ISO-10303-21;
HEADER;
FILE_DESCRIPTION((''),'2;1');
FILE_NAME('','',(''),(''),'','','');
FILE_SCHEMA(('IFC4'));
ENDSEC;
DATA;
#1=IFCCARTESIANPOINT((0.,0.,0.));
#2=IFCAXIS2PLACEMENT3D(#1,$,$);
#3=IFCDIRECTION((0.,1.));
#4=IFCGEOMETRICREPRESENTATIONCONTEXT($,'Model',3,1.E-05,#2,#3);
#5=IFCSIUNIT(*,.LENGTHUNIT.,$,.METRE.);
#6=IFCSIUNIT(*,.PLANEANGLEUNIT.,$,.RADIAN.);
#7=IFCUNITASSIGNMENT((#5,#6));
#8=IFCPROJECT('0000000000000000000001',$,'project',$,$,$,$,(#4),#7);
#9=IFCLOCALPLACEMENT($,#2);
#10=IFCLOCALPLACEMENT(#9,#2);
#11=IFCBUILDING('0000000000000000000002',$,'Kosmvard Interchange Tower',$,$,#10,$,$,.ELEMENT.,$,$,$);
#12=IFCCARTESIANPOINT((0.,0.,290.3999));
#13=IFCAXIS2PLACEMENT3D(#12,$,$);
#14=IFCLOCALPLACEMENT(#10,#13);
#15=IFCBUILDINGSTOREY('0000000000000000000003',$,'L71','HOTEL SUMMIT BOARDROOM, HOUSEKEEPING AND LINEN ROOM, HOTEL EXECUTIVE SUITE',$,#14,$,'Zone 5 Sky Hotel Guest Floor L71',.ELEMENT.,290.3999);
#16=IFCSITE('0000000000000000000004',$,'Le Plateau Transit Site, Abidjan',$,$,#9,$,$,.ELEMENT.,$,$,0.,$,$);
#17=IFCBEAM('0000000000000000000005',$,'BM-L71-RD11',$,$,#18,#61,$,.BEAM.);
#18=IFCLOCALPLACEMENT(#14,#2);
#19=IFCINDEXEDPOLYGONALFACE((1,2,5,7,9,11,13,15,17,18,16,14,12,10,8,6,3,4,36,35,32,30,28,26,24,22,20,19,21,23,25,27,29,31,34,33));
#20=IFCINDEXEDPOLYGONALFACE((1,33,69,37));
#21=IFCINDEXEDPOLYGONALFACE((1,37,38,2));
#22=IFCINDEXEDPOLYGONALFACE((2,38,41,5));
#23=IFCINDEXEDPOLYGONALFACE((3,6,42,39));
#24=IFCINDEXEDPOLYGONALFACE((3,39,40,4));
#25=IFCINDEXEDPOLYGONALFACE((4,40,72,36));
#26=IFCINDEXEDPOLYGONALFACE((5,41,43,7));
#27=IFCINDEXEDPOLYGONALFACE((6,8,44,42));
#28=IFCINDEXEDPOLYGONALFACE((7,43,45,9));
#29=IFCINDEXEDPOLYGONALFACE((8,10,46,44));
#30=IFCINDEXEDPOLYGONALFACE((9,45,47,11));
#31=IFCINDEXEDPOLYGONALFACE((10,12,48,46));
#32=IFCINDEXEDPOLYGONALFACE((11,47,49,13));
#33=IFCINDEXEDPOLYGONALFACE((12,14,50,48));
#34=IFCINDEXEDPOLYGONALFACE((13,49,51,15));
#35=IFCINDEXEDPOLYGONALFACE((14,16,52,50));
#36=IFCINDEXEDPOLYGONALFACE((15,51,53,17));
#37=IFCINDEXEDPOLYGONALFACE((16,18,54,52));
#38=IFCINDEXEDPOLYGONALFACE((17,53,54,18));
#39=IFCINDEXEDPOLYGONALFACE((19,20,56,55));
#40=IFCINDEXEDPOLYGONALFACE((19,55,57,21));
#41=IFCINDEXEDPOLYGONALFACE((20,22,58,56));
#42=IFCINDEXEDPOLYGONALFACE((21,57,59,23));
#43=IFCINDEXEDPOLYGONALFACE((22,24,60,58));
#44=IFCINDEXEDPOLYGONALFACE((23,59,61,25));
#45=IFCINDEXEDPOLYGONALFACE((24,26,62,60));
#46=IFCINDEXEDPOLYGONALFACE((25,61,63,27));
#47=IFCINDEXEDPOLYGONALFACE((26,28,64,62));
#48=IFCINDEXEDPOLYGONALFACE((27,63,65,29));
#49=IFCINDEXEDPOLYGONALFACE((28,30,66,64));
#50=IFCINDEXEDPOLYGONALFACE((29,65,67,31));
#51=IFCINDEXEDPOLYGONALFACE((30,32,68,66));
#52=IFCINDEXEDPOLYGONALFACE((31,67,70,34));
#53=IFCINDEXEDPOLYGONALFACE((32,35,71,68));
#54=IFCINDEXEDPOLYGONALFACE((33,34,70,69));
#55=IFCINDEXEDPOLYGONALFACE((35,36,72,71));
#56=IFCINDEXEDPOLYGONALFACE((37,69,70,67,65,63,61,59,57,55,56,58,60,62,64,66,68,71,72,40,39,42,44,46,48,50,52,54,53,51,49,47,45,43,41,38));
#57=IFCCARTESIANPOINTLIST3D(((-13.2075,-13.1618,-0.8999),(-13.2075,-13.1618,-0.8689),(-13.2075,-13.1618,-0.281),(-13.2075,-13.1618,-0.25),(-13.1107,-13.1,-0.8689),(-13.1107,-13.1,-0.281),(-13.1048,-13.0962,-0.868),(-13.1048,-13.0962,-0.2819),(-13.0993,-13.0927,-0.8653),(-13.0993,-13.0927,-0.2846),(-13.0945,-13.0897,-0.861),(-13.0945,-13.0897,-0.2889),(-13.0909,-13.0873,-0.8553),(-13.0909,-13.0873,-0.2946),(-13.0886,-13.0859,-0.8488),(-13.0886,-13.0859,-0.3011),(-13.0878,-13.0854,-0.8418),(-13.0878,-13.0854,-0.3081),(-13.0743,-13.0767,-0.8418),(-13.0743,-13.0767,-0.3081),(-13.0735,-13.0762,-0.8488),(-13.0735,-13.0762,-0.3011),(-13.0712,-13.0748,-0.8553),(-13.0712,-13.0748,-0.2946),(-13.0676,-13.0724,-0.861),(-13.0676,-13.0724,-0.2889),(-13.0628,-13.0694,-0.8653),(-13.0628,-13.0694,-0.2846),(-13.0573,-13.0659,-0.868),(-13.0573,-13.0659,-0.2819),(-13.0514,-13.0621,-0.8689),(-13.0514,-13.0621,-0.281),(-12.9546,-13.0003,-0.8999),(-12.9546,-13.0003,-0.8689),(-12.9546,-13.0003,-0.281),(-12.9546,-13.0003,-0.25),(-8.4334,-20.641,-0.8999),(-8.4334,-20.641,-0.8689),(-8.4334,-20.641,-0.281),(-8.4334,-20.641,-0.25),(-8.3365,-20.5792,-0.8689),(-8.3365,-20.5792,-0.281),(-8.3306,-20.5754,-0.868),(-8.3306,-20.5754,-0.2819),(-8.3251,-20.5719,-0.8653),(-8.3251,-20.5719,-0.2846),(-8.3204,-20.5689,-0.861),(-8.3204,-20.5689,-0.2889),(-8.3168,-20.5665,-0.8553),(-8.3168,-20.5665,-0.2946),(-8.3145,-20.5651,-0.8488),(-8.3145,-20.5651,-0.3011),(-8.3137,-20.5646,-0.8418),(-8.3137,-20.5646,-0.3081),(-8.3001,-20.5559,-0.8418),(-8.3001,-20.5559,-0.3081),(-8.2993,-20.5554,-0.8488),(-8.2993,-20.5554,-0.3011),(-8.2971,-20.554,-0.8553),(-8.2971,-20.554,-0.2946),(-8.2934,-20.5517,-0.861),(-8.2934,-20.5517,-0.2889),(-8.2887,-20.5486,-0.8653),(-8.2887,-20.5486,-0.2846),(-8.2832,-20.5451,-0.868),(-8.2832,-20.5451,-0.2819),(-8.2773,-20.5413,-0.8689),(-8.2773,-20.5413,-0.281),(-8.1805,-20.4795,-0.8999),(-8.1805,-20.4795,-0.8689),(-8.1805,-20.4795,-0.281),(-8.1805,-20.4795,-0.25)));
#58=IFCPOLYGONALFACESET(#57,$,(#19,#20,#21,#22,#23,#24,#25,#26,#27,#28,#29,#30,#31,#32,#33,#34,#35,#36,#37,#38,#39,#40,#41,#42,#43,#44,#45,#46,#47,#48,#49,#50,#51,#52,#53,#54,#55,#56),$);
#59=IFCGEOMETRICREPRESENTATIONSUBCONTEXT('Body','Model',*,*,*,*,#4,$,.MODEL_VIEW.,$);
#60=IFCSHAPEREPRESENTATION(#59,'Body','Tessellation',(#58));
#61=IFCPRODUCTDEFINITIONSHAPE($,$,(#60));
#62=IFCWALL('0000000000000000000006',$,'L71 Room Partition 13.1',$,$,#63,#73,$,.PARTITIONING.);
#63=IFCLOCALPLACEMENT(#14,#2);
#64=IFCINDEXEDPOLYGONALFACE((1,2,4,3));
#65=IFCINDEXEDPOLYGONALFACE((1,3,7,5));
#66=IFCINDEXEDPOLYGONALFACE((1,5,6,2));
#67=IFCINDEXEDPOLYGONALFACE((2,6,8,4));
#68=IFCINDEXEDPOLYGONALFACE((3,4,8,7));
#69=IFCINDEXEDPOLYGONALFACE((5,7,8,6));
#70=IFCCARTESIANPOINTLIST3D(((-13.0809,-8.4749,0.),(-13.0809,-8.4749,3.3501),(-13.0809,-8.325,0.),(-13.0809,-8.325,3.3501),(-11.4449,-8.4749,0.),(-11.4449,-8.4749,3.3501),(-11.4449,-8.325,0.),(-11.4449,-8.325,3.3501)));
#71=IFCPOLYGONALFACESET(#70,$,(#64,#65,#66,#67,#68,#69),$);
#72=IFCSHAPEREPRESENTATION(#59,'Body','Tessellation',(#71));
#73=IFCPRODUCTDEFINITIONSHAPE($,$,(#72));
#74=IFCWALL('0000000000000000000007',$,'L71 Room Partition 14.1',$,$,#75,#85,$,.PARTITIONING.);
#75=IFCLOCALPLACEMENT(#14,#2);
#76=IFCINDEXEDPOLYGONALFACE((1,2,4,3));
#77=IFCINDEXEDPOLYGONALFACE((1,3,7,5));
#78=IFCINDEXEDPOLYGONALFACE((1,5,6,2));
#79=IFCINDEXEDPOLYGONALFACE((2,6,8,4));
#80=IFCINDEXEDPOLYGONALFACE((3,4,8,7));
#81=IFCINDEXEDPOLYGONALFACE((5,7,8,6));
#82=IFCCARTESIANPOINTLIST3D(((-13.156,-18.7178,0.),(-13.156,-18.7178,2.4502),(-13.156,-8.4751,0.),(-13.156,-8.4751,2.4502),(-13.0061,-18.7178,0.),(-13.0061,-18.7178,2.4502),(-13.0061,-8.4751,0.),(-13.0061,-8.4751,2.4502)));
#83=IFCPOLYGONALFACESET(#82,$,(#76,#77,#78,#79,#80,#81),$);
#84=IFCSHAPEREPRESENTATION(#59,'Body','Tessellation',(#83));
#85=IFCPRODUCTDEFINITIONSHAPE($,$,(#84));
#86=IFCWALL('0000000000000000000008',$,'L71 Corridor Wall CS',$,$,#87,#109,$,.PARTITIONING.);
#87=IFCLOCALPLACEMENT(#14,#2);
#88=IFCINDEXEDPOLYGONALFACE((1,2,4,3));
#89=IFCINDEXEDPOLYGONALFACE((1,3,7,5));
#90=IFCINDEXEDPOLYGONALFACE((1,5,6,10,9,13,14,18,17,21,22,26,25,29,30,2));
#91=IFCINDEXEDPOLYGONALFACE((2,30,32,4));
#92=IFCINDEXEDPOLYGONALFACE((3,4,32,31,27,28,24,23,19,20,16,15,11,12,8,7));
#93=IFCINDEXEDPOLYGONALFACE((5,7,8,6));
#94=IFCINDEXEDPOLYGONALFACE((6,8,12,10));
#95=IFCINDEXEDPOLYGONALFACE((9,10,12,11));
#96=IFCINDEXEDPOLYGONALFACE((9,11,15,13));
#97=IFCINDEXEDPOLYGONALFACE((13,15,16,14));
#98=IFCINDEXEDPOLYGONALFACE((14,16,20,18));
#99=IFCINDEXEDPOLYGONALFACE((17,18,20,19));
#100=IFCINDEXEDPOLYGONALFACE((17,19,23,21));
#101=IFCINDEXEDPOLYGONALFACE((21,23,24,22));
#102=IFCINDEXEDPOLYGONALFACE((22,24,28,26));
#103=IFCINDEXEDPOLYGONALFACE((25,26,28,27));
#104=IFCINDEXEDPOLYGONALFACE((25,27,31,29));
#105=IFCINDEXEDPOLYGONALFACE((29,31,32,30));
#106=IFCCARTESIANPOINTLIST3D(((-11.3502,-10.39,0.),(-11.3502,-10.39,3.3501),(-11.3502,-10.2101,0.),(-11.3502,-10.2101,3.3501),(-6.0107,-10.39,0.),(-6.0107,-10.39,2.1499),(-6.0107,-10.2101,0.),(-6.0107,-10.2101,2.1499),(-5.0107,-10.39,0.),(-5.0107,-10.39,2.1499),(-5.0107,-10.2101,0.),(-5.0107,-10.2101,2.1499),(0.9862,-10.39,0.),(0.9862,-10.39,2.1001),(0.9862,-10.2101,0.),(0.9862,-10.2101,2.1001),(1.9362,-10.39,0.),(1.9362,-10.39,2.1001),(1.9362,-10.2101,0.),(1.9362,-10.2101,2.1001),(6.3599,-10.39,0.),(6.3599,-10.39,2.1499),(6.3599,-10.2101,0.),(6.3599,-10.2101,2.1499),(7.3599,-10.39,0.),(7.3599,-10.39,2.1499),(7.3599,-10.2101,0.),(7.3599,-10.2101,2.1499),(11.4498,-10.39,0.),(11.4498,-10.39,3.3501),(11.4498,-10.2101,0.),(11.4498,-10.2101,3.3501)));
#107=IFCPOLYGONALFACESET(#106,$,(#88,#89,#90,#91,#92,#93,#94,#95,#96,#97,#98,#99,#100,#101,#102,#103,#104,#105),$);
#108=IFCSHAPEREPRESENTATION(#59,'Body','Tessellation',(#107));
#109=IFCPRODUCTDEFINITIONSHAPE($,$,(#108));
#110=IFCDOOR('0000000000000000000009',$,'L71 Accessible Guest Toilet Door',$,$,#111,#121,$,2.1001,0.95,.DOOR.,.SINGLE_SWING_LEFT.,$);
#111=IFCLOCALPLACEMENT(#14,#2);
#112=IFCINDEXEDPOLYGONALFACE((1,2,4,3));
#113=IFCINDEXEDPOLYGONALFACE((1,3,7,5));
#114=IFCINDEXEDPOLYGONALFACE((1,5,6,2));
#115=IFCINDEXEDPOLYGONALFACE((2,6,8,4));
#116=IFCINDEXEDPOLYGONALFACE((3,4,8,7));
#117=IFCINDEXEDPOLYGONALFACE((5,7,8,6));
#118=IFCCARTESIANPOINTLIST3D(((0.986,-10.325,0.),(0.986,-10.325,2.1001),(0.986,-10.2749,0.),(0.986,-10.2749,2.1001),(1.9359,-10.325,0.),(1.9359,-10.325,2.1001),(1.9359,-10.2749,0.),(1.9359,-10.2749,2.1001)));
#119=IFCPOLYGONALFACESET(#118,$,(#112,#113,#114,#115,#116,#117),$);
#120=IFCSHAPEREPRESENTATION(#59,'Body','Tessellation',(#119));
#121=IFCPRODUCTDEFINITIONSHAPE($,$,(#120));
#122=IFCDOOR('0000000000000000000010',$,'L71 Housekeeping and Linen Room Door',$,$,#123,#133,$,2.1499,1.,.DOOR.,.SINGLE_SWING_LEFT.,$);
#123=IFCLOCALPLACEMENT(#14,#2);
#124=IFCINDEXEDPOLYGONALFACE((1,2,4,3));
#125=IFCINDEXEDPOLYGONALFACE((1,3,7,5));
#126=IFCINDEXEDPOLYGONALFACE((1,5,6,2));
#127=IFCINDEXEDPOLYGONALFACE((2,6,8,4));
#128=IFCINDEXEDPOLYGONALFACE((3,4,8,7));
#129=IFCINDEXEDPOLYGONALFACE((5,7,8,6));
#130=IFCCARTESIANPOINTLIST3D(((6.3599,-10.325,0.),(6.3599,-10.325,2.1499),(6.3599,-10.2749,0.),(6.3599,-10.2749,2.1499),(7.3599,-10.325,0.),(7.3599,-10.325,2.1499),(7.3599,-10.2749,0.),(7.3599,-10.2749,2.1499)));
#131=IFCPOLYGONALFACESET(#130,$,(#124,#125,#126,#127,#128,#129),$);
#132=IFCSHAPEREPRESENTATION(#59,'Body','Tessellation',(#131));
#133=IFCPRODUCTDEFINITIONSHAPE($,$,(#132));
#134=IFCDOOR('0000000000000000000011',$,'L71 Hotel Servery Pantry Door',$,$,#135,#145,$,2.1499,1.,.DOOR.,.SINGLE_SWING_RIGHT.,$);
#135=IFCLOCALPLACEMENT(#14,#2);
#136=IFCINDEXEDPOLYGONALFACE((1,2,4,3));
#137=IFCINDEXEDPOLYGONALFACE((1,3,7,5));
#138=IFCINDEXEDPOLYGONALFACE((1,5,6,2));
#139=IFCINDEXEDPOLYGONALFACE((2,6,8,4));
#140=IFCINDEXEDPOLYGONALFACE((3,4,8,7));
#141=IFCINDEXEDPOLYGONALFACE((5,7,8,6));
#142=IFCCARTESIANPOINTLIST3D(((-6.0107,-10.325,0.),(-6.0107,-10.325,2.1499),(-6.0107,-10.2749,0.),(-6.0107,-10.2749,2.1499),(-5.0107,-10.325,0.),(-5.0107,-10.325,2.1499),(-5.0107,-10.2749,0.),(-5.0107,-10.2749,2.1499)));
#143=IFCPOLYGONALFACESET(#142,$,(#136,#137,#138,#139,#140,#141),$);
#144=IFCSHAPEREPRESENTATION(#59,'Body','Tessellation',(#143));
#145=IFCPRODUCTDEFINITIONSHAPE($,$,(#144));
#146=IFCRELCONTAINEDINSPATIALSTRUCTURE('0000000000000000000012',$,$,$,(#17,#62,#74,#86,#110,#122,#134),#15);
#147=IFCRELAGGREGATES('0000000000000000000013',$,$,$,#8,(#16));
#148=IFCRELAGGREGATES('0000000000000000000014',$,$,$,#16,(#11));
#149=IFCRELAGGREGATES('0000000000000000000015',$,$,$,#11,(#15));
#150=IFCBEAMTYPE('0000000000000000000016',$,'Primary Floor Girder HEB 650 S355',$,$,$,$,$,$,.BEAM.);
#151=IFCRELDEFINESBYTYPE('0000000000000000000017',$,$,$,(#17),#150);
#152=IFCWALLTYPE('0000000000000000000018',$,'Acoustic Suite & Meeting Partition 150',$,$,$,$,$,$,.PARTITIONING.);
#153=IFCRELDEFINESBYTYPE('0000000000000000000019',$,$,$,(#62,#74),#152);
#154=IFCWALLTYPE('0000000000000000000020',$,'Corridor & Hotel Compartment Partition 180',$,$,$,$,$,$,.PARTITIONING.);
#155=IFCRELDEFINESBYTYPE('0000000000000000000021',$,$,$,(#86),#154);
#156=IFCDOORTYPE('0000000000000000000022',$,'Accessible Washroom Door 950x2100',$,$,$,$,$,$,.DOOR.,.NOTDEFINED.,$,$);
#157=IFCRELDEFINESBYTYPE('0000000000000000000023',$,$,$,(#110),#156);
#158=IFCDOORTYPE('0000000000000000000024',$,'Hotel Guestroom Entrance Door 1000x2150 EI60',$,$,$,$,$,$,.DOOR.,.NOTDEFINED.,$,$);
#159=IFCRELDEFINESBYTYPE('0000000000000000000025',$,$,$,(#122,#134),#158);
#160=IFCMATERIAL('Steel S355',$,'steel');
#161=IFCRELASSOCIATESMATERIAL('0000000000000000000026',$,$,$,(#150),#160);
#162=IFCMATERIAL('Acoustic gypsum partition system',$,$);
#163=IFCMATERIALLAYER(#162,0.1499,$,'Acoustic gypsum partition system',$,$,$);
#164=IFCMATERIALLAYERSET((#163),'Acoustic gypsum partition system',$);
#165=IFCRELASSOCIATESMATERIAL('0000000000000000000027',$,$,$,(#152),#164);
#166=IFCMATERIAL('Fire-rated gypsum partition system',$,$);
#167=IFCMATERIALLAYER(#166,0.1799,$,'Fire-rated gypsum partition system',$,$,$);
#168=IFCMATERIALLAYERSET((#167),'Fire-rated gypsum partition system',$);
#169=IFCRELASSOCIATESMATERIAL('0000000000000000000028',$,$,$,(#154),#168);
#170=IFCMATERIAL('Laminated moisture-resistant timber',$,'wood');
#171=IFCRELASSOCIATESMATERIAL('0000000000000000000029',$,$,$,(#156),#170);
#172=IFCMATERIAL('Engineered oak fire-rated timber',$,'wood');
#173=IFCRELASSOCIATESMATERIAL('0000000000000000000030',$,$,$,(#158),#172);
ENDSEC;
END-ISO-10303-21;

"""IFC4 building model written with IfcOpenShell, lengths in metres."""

from ifc_helpers import new_model, si_unit, direction, frame, frame_2d, origin, origin_2d, place, context, subcontext, project, spatial, rectangle, i_section, extrude, source, transform, mapped, material, layer, layer_set, material_profile, profile_set, type_object, element, fill, save


model = new_model("IFC4")

# Units and contexts
model_context = context("Model", 3, precision=1e-05, world=origin(), true_north=direction((0.0, 1.0)))
body_context = subcontext(model_context, "Body", "Model", "MODEL_VIEW")
ifc_project = project(units=[si_unit("LENGTHUNIT", "METRE"), si_unit("PLANEANGLEUNIT", "RADIAN")], contexts=[model_context])

# Site, building, storey
site_placement = place(None, origin())
site = spatial("IfcSite", under=ifc_project, at=site_placement, Name="Le Plateau Transit Site, Abidjan", CompositionType="ELEMENT", RefElevation=0.0)
building_placement = place(site_placement, origin())
building = spatial("IfcBuilding", under=site, at=building_placement, Name="Kosmvard Interchange Tower", CompositionType="ELEMENT")
storey_placement = place(building_placement, frame((0.0, 0.0, 290.3999)))
storey = spatial("IfcBuildingStorey", under=building, at=storey_placement, Name="L71", Description="HOTEL SUMMIT BOARDROOM, HOUSEKEEPING AND LINEN ROOM, HOTEL EXECUTIVE SUITE", LongName="Zone 5 Sky Hotel Guest Floor L71", CompositionType="ELEMENT", Elevation=290.3999)

# Beam
ifc_material_1 = material(Name="Steel S355", Category="steel")
ifc_material_profile_1 = material_profile(ifc_material_1, i_section(OverallWidth=0.3, OverallDepth=0.6499, WebThickness=0.0161, FlangeThickness=0.031, FilletRadius=0.0271, at=origin_2d()), Name="HEB 650")
ifc_profile_set_1 = profile_set([ifc_material_profile_1], Name="Steel S355")
beam_type_1 = type_object("IfcBeamType", Name="Primary Floor Girder HEB 650 S355", PredefinedType="BEAM", material=ifc_profile_set_1)
shared_shape_1 = source(origin(), body_context, "Body", "SweptSolid", [
    extrude(i_section(OverallWidth=0.3, OverallDepth=0.6499, WebThickness=0.0161, FlangeThickness=0.031, FilletRadius=0.0271, at=origin_2d()), origin(), (0.0, 0.0, 1.0), 8.873),
])
beam_1_placement = place(storey_placement, frame((-13.0811, -13.0811, -0.575), z_axis=(0.53805, -0.842913, 0.0), x_axis=(0.842913, 0.53805, 0.0)))
element("IfcBeam", 1, at=beam_1_placement, inside=storey, type_object=beam_type_1, Name="BM-L71-RD11", PredefinedType="BEAM", context=body_context, shape_type="MappedRepresentation", body=[
    mapped(shared_shape_1, transform((0.0, 0.0, 0.0), scale=1.0)),
])

# Walls
ifc_material_2 = material(Name="Acoustic gypsum partition system")
ifc_layer_1 = layer(ifc_material_2, 0.1499, Name="Acoustic gypsum partition system")
ifc_layer_set_1 = layer_set([ifc_layer_1], Name="Acoustic gypsum partition system")
wall_type_1 = type_object("IfcWallType", Name="Acoustic Suite & Meeting Partition 150", PredefinedType="PARTITIONING", material=ifc_layer_set_1)
wall_1_placement = place(storey_placement, frame((-11.4451, -8.3999, 0.0), z_axis=(0.0, 0.0, 1.0), x_axis=(-1.0, 0.0, 0.0)))
element("IfcWall", 2, at=wall_1_placement, inside=storey, type_object=wall_type_1, Name="L71 Room Partition 13.1", PredefinedType="PARTITIONING", context=body_context, shape_type="SweptSolid", body=[
    extrude(rectangle(XDim=1.636, YDim=0.1499, at=frame_2d((0.8179, 0.0))), origin(), (0.0, 0.0, 1.0), 3.3501),
])
wall_2_placement = place(storey_placement, frame((-13.0811, -8.4751, 0.0), z_axis=(0.0, 0.0, 1.0), x_axis=(0.0, -1.0, 0.0)))
element("IfcWall", 3, at=wall_2_placement, inside=storey, type_object=wall_type_1, Name="L71 Room Partition 14.1", PredefinedType="PARTITIONING", context=body_context, shape_type="SweptSolid", body=[
    extrude(rectangle(XDim=10.2427, YDim=0.1499, at=frame_2d((5.1213, 0.0))), origin(), (0.0, 0.0, 1.0), 2.4502),
])

# Wall, openings, doors
ifc_material_3 = material(Name="Fire-rated gypsum partition system")
ifc_layer_2 = layer(ifc_material_3, 0.1799, Name="Fire-rated gypsum partition system")
ifc_layer_set_2 = layer_set([ifc_layer_2], Name="Fire-rated gypsum partition system")
wall_type_2 = type_object("IfcWallType", Name="Corridor & Hotel Compartment Partition 180", PredefinedType="PARTITIONING", material=ifc_layer_set_2)
wall_3_placement = place(storey_placement, frame((-11.3501, -10.3, 0.0), z_axis=(0.0, 0.0, 1.0), x_axis=(1.0, 0.0, 0.0)))
wall_3 = element("IfcWall", 4, at=wall_3_placement, inside=storey, type_object=wall_type_2, Name="L71 Corridor Wall CS", PredefinedType="PARTITIONING", context=body_context, shape_type="SweptSolid", body=[
    extrude(rectangle(XDim=22.8, YDim=0.1799, at=frame_2d((11.3999, 0.0))), origin(), (0.0, 0.0, 1.0), 3.3501),
])
opening_1_placement = place(wall_3_placement, frame((12.3362, 0.0, 0.0)))
opening_1 = element("IfcOpeningElement", 5, at=opening_1_placement, cuts=wall_3, PredefinedType="OPENING", context=body_context, shape_type="SweptSolid", body=[
    extrude(rectangle(XDim=0.95, YDim=2.1001, at=frame_2d((0.4751, 1.05))), frame((0.0, 0.1001, 0.0), z_axis=(0.0, -1.0, 0.0), x_axis=(1.0, 0.0, 0.0)), (0.0, 0.0, 1.0), 0.2),
])
opening_2_placement = place(wall_3_placement, frame((17.71, 0.0, 0.0)))
opening_2 = element("IfcOpeningElement", 6, at=opening_2_placement, cuts=wall_3, PredefinedType="OPENING", context=body_context, shape_type="SweptSolid", body=[
    extrude(rectangle(XDim=1.0, YDim=2.1499, at=frame_2d((0.5, 1.075))), frame((0.0, 0.1001, 0.0), z_axis=(0.0, -1.0, 0.0), x_axis=(1.0, 0.0, 0.0)), (0.0, 0.0, 1.0), 0.2),
])
opening_3_placement = place(wall_3_placement, frame((5.3394, 0.0, 0.0)))
opening_3 = element("IfcOpeningElement", 7, at=opening_3_placement, cuts=wall_3, PredefinedType="OPENING", context=body_context, shape_type="SweptSolid", body=[
    extrude(rectangle(XDim=1.0, YDim=2.1499, at=frame_2d((0.5, 1.075))), frame((0.0, 0.1001, 0.0), z_axis=(0.0, -1.0, 0.0), x_axis=(1.0, 0.0, 0.0)), (0.0, 0.0, 1.0), 0.2),
])
ifc_material_4 = material(Name="Laminated moisture-resistant timber", Category="wood")
door_type_1 = type_object("IfcDoorType", Name="Accessible Washroom Door 950x2100", OperationType="NOTDEFINED", PredefinedType="DOOR", material=ifc_material_4)
shared_shape_2 = source(origin(), body_context, "Body", "SweptSolid", [
    extrude(rectangle(XDim=0.95, YDim=2.1001, at=frame_2d((0.4751, 1.05))), frame((0.0, 0.0249, 0.0), z_axis=(0.0, -1.0, 0.0), x_axis=(1.0, 0.0, 0.0)), (0.0, 0.0, 1.0), 0.05),
])
door_1_placement = place(opening_1_placement, frame((0.95, 0.0, 0.0), z_axis=(0.0, 0.0, 1.0), x_axis=(-1.0, 0.0, 0.0)))
door_1 = element("IfcDoor", 8, at=door_1_placement, inside=storey, type_object=door_type_1, Name="L71 Accessible Guest Toilet Door", OperationType="SINGLE_SWING_LEFT", OverallHeight=2.1001, OverallWidth=0.95, PredefinedType="DOOR", context=body_context, shape_type="MappedRepresentation", body=[
    mapped(shared_shape_2, transform((0.0, 0.0, 0.0), scale=1.0)),
])
fill(opening_1, door_1)
ifc_material_5 = material(Name="Engineered oak fire-rated timber", Category="wood")
door_type_2 = type_object("IfcDoorType", Name="Hotel Guestroom Entrance Door 1000x2150 EI60", OperationType="NOTDEFINED", PredefinedType="DOOR", material=ifc_material_5)
shared_shape_3 = source(origin(), body_context, "Body", "SweptSolid", [
    extrude(rectangle(XDim=1.0, YDim=2.1499, at=frame_2d((0.5, 1.075))), frame((0.0, 0.0249, 0.0), z_axis=(0.0, -1.0, 0.0), x_axis=(1.0, 0.0, 0.0)), (0.0, 0.0, 1.0), 0.05),
])
door_2_placement = place(opening_2_placement, frame((1.0, 0.0, 0.0), z_axis=(0.0, 0.0, 1.0), x_axis=(-1.0, 0.0, 0.0)))
door_2 = element("IfcDoor", 9, at=door_2_placement, inside=storey, type_object=door_type_2, Name="L71 Housekeeping and Linen Room Door", OperationType="SINGLE_SWING_LEFT", OverallHeight=2.1499, OverallWidth=1.0, PredefinedType="DOOR", context=body_context, shape_type="MappedRepresentation", body=[
    mapped(shared_shape_3, transform((0.0, 0.0, 0.0), scale=1.0)),
])
fill(opening_2, door_2)
door_3_placement = place(opening_3_placement, frame((1.0, 0.0, 0.0), z_axis=(0.0, 0.0, 1.0), x_axis=(-1.0, 0.0, 0.0)))
door_3 = element("IfcDoor", 10, at=door_3_placement, inside=storey, type_object=door_type_2, Name="L71 Hotel Servery Pantry Door", OperationType="SINGLE_SWING_RIGHT", OverallHeight=2.1499, OverallWidth=1.0, PredefinedType="DOOR", context=body_context, shape_type="MappedRepresentation", body=[
    mapped(shared_shape_3, transform((0.0, 0.0, 0.0), scale=1.0)),
])
fill(opening_3, door_3)

save(model, "model.ifc")
